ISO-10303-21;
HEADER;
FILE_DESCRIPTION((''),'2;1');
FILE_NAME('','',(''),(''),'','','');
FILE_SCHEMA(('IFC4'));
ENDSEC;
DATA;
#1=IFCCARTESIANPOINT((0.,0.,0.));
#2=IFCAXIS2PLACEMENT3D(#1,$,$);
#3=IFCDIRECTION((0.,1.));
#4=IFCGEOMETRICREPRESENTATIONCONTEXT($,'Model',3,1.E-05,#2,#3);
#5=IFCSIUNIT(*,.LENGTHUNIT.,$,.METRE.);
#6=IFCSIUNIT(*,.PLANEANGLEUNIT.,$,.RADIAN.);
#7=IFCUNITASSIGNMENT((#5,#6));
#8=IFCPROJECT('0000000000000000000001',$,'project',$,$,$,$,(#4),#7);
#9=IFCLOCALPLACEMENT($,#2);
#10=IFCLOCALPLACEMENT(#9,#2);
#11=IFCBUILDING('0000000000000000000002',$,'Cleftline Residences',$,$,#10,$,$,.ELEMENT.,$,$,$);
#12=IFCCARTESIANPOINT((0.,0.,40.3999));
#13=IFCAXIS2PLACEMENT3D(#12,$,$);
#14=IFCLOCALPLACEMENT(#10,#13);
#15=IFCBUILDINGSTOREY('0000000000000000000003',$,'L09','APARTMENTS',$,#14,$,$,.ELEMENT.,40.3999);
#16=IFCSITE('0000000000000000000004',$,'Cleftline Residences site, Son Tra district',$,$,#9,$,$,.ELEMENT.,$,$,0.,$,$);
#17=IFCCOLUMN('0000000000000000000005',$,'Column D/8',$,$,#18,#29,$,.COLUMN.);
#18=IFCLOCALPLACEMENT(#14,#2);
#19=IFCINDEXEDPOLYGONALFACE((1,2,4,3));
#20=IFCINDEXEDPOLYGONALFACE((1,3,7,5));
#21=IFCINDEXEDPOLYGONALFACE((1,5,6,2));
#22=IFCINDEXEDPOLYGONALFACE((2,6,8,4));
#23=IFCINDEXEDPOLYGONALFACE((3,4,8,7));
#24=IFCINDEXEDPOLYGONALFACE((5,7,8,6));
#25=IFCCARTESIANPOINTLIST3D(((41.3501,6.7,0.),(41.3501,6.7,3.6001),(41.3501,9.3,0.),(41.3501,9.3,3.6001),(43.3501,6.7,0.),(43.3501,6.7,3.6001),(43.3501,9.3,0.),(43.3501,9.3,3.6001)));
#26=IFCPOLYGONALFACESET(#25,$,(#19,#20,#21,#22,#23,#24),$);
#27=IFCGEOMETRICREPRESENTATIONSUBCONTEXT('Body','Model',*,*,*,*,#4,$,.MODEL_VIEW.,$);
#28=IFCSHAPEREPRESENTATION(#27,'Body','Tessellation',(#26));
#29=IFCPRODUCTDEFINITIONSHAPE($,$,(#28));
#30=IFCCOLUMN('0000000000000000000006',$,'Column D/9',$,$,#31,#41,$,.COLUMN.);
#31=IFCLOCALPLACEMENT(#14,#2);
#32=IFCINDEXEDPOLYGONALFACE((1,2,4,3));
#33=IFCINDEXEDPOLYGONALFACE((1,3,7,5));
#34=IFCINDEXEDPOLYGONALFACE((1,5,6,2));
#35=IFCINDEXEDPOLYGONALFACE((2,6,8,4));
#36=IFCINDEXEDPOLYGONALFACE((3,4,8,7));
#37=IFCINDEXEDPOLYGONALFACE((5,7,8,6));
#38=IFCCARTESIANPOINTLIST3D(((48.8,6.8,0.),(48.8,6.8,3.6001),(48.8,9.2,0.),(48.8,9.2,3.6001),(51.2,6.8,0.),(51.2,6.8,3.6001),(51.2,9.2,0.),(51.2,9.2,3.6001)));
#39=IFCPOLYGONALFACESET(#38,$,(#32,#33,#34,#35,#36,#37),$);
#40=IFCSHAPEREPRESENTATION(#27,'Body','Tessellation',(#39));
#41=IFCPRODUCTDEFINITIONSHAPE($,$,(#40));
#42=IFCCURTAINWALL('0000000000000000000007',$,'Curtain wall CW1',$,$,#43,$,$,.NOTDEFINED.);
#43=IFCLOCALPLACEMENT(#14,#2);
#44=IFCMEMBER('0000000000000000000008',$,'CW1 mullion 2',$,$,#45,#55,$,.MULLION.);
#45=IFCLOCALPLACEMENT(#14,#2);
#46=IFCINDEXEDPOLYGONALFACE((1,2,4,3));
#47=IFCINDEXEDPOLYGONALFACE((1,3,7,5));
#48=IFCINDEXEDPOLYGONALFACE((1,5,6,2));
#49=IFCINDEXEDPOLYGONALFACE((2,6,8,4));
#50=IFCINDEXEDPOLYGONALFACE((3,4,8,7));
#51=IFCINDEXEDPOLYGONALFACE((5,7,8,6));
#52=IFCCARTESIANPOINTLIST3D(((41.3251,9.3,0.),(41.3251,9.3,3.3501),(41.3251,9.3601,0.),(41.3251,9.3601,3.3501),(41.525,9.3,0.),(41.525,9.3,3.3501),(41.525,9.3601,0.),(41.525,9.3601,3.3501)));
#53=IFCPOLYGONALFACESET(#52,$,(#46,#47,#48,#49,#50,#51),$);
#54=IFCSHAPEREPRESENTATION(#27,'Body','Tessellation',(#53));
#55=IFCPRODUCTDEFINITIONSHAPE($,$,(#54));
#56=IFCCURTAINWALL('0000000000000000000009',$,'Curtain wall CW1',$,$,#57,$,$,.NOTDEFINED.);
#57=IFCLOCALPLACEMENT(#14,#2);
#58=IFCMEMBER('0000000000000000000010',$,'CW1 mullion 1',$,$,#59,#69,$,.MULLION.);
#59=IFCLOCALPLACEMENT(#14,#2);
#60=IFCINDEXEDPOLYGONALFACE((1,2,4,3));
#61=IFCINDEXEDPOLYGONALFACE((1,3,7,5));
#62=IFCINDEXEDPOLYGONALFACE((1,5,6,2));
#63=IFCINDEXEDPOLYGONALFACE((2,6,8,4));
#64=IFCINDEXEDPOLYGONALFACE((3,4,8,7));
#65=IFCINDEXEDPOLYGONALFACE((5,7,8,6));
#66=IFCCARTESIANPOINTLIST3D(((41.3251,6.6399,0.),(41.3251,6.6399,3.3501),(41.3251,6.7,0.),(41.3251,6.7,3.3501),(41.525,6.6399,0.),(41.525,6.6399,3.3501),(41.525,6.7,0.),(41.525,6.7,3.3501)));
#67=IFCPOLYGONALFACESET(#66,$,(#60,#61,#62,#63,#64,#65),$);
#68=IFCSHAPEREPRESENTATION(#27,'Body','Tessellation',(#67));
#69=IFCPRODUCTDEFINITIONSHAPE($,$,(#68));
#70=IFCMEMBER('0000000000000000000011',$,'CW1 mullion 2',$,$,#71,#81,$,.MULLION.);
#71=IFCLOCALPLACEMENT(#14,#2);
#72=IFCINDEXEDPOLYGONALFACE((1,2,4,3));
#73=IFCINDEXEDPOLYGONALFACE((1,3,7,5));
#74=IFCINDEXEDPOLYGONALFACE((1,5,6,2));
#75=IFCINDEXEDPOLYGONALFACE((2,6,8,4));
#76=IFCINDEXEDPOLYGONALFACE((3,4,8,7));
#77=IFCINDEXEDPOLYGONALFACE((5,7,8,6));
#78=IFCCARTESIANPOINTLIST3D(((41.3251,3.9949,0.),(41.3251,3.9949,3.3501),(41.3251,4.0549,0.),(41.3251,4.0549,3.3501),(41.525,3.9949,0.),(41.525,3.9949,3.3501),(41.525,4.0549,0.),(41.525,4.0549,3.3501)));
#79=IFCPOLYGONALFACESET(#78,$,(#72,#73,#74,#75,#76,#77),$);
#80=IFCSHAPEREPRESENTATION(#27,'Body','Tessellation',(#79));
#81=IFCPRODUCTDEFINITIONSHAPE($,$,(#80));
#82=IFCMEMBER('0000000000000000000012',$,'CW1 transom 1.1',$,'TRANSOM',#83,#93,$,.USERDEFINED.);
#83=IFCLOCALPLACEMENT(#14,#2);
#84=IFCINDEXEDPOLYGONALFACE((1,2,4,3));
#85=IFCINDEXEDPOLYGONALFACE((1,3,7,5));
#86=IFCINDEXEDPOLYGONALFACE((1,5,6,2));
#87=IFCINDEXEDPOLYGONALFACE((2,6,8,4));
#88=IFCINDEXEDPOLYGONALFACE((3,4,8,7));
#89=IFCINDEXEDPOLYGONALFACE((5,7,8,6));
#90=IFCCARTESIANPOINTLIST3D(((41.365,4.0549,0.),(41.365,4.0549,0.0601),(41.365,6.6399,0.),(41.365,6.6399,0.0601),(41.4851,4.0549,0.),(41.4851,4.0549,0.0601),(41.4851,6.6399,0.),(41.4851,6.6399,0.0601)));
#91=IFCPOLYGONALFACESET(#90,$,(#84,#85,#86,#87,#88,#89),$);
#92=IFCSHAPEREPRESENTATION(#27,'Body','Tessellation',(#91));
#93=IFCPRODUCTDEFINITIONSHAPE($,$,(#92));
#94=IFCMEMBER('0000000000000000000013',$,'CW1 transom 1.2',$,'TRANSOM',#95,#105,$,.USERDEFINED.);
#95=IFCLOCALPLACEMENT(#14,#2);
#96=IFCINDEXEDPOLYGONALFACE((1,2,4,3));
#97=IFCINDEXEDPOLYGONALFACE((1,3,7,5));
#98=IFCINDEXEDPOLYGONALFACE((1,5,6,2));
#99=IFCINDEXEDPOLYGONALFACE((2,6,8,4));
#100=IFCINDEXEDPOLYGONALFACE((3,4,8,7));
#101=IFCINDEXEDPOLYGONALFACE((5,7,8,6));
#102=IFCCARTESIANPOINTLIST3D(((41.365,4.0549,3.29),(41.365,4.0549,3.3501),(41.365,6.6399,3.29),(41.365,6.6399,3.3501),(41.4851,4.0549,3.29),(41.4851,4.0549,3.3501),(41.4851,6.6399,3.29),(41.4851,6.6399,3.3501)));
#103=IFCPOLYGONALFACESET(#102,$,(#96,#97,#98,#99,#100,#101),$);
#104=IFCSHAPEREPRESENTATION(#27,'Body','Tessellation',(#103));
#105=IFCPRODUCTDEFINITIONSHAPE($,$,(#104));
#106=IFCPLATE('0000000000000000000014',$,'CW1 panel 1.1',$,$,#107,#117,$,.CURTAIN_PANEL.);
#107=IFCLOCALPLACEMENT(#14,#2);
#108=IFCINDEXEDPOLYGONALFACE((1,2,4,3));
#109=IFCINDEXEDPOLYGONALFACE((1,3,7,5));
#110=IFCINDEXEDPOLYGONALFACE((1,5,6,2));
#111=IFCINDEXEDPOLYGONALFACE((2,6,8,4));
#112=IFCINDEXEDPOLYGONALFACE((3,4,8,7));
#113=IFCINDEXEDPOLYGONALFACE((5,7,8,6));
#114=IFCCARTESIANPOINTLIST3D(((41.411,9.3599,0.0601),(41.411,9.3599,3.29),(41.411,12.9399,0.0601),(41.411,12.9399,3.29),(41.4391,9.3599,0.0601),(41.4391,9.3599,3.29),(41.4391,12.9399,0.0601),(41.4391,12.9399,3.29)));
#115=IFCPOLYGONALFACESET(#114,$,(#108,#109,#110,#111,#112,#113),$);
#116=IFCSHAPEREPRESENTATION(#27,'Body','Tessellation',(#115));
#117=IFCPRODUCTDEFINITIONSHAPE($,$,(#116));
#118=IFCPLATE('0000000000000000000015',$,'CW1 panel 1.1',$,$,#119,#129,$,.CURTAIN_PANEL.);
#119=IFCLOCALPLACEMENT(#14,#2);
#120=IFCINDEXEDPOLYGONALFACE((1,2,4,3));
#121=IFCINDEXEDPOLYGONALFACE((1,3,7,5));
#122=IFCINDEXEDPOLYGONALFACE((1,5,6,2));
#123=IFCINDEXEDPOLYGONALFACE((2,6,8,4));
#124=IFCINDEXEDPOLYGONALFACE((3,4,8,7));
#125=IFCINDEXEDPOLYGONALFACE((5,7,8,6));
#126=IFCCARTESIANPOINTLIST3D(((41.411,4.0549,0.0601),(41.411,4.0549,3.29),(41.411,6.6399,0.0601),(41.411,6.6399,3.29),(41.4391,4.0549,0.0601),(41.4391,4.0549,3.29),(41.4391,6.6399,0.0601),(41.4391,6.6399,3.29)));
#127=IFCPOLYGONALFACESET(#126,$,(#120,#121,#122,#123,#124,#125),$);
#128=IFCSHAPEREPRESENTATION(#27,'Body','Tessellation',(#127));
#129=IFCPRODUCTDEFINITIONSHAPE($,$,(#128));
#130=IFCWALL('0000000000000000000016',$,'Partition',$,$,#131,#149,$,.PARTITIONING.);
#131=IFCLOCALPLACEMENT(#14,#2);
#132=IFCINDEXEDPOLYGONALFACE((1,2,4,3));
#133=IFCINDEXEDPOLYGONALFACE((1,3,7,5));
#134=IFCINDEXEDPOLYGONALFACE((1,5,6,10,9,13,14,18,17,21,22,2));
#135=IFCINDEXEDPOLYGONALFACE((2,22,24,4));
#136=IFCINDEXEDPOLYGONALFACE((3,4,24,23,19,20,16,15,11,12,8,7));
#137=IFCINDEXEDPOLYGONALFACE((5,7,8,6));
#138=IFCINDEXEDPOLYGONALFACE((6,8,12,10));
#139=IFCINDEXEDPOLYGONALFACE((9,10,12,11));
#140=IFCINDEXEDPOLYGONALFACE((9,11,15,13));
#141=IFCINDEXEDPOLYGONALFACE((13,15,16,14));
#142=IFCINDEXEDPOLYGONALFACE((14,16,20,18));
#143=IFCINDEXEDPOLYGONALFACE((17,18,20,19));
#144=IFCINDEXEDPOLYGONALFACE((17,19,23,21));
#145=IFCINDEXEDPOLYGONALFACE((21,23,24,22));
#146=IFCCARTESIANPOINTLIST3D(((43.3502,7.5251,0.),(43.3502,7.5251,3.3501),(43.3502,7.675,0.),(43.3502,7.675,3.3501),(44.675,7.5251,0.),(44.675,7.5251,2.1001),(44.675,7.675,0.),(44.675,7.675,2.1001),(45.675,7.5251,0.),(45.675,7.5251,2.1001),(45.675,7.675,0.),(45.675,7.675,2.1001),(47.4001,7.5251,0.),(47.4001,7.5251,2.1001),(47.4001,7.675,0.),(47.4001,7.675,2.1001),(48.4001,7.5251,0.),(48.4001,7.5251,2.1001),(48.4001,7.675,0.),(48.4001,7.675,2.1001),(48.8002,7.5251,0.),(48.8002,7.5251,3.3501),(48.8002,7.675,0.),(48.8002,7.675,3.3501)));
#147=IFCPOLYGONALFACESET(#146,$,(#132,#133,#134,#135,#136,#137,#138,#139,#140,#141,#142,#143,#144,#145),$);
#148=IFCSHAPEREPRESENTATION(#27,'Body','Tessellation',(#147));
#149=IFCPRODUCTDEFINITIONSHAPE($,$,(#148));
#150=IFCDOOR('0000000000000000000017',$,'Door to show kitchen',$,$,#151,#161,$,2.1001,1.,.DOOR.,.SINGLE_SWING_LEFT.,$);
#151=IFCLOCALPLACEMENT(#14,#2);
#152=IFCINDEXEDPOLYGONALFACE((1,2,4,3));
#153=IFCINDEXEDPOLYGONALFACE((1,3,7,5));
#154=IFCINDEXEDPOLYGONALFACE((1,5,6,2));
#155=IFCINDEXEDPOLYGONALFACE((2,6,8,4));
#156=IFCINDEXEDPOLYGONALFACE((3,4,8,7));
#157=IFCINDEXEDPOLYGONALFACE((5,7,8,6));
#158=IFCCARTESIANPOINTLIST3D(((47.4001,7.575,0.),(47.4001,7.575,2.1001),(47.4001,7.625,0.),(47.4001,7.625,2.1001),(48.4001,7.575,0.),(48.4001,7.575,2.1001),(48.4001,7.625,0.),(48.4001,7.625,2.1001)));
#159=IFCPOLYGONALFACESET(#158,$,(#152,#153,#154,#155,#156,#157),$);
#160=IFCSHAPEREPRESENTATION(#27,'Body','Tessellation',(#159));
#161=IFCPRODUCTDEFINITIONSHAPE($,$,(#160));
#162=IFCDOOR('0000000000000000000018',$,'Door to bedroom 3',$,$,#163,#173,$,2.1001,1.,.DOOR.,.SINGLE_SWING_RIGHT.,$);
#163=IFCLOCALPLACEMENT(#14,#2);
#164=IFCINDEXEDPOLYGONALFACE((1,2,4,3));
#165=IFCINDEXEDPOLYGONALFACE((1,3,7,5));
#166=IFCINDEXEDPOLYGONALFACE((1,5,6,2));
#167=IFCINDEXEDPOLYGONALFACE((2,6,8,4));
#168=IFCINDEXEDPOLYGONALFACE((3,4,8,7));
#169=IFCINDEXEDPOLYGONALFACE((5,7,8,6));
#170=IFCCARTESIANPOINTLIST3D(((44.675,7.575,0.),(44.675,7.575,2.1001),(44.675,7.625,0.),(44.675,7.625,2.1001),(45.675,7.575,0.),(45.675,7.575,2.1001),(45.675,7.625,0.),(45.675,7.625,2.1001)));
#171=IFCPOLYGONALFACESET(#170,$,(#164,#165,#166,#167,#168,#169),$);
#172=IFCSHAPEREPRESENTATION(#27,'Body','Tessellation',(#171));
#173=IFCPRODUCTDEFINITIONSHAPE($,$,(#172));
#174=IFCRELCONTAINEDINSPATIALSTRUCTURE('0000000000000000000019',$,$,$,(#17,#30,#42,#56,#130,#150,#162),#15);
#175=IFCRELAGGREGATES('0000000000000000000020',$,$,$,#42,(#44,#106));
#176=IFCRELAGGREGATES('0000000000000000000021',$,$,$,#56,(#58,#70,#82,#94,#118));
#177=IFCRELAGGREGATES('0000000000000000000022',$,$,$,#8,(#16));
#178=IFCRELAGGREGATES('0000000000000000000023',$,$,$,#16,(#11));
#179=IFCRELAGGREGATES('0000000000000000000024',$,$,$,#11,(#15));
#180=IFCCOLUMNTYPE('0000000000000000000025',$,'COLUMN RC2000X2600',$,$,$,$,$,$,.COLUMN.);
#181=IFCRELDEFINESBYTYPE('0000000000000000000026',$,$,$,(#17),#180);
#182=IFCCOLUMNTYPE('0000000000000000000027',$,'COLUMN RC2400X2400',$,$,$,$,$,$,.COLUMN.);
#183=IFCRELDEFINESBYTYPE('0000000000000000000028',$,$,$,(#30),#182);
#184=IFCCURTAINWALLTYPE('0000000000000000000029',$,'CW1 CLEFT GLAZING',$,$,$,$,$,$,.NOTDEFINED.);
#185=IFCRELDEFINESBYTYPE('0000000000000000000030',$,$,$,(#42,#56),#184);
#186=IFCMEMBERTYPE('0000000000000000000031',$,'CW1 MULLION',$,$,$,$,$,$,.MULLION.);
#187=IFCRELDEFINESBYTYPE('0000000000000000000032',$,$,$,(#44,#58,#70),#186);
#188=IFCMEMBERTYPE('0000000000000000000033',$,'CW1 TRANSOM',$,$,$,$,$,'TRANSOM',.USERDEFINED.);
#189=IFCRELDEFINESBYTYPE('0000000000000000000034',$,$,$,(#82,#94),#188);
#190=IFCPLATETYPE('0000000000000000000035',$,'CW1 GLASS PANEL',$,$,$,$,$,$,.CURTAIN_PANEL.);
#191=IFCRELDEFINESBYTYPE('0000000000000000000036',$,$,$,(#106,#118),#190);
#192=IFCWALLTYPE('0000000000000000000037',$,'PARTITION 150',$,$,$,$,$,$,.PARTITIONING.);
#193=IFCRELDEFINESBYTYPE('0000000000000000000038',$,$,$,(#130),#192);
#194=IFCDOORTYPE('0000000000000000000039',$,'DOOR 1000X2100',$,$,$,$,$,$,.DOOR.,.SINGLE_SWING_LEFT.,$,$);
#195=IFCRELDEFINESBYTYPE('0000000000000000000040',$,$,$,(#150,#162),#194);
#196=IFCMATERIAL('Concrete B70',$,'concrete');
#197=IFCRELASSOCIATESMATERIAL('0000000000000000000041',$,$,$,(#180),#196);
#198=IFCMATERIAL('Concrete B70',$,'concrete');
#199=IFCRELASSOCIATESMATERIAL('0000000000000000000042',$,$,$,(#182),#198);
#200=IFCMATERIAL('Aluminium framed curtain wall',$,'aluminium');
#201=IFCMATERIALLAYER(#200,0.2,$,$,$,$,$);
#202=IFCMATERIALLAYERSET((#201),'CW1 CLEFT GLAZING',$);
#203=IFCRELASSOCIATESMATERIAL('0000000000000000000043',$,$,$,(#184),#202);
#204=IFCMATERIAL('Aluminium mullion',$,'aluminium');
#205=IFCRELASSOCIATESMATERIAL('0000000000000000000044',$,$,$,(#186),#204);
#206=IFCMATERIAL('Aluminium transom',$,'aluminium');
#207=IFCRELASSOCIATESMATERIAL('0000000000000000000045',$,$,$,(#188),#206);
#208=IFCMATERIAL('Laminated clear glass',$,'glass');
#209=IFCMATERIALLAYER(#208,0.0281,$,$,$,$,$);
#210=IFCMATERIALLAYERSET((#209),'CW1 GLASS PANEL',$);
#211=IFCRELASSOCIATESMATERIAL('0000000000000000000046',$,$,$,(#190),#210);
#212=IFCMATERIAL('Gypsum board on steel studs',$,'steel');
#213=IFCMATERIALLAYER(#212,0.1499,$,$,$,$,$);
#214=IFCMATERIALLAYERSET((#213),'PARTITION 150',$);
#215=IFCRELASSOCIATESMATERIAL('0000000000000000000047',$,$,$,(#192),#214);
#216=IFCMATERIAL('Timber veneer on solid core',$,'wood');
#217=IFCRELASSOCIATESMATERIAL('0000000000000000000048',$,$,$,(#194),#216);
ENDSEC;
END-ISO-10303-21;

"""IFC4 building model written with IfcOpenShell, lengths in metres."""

from ifc_helpers import new_model, si_unit, direction, frame, frame_2d, origin, origin_2d, place, context, subcontext, project, spatial, rectangle, extrude, material, layer, layer_set, material_profile, profile_set, type_object, element, fill, aggregate, save


model = new_model("IFC4")

# Units and contexts
model_context = context("Model", 3, precision=1e-05, world=origin(), true_north=direction((0.0, 1.0)))
body_context = subcontext(model_context, "Body", "Model", "MODEL_VIEW")
ifc_project = project(units=[si_unit("LENGTHUNIT", "METRE"), si_unit("PLANEANGLEUNIT", "RADIAN")], contexts=[model_context])

# Site, building, storey
site_placement = place(None, origin())
site = spatial("IfcSite", under=ifc_project, at=site_placement, Name="Cleftline Residences site, Son Tra district", CompositionType="ELEMENT", RefElevation=0.0)
building_placement = place(site_placement, origin())
building = spatial("IfcBuilding", under=site, at=building_placement, Name="Cleftline Residences", CompositionType="ELEMENT")
storey_placement = place(building_placement, frame((0.0, 0.0, 40.3999)))
storey = spatial("IfcBuildingStorey", under=building, at=storey_placement, Name="L09", Description="APARTMENTS", CompositionType="ELEMENT", Elevation=40.3999)

# Columns
ifc_material_1 = material(Name="Concrete B70", Category="concrete")
ifc_material_profile_1 = material_profile(ifc_material_1, rectangle(XDim=2.0, YDim=2.6001, at=origin_2d()))
ifc_profile_set_1 = profile_set([ifc_material_profile_1], Name="Concrete B70")
column_type_1 = type_object("IfcColumnType", Name="COLUMN RC2000X2600", PredefinedType="COLUMN", material=ifc_profile_set_1)
column_1_placement = place(storey_placement, frame((42.3501, 8.0, 0.0), z_axis=(0.0, 0.0, 1.0), x_axis=(1.0, 0.0, 0.0)))
element("IfcColumn", 1, at=column_1_placement, inside=storey, type_object=column_type_1, Name="Column D/8", PredefinedType="COLUMN", context=body_context, shape_type="SweptSolid", body=[
    extrude(rectangle(XDim=2.0, YDim=2.6001, at=origin_2d()), origin(), (0.0, 0.0, 1.0), 3.6001),
])
ifc_material_2 = material(Name="Concrete B70", Category="concrete")
ifc_material_profile_2 = material_profile(ifc_material_2, rectangle(XDim=2.3999, YDim=2.3999, at=origin_2d()))
ifc_profile_set_2 = profile_set([ifc_material_profile_2], Name="Concrete B70")
column_type_2 = type_object("IfcColumnType", Name="COLUMN RC2400X2400", PredefinedType="COLUMN", material=ifc_profile_set_2)
column_2_placement = place(storey_placement, frame((50.0, 8.0, 0.0), z_axis=(0.0, 0.0, 1.0), x_axis=(1.0, 0.0, 0.0)))
element("IfcColumn", 2, at=column_2_placement, inside=storey, type_object=column_type_2, Name="Column D/9", PredefinedType="COLUMN", context=body_context, shape_type="SweptSolid", body=[
    extrude(rectangle(XDim=2.3999, YDim=2.3999, at=origin_2d()), origin(), (0.0, 0.0, 1.0), 3.6001),
])

# Curtain wall, member
ifc_material_3 = material(Name="Aluminium framed curtain wall", Category="aluminium")
ifc_layer_1 = layer(ifc_material_3, 0.2)
ifc_layer_set_1 = layer_set([ifc_layer_1], Name="CW1 CLEFT GLAZING")
curtain_wall_type = type_object("IfcCurtainWallType", Name="CW1 CLEFT GLAZING", PredefinedType="NOTDEFINED", material=ifc_layer_set_1)
curtain_wall_1_placement = place(storey_placement, origin())
curtain_wall_1 = element("IfcCurtainWall", 3, at=curtain_wall_1_placement, inside=storey, type_object=curtain_wall_type, Name="Curtain wall CW1", PredefinedType="NOTDEFINED")
ifc_material_4 = material(Name="Aluminium mullion", Category="aluminium")
ifc_material_profile_3 = material_profile(ifc_material_4, rectangle(XDim=0.2, YDim=0.0601, at=origin_2d()))
ifc_profile_set_3 = profile_set([ifc_material_profile_3], Name="Aluminium mullion")
member_type_1 = type_object("IfcMemberType", Name="CW1 MULLION", PredefinedType="MULLION", material=ifc_profile_set_3)
member_1_placement = place(storey_placement, frame((41.425, 9.3301, 0.0), z_axis=(0.0, 0.0, 1.0), x_axis=(1.0, 0.0, 0.0)))
member_1 = element("IfcMember", 4, at=member_1_placement, type_object=member_type_1, Name="CW1 mullion 2", PredefinedType="MULLION", context=body_context, shape_type="SweptSolid", body=[
    extrude(rectangle(XDim=0.2, YDim=0.0601, at=origin_2d()), origin(), (0.0, 0.0, 1.0), 3.3501),
])

# Curtain wall, members
curtain_wall_2_placement = place(storey_placement, origin())
curtain_wall_2 = element("IfcCurtainWall", 5, at=curtain_wall_2_placement, inside=storey, type_object=curtain_wall_type, Name="Curtain wall CW1", PredefinedType="NOTDEFINED")
member_2_placement = place(storey_placement, frame((41.425, 6.6699, 0.0), z_axis=(0.0, 0.0, 1.0), x_axis=(1.0, 0.0, 0.0)))
member_2 = element("IfcMember", 6, at=member_2_placement, type_object=member_type_1, Name="CW1 mullion 1", PredefinedType="MULLION", context=body_context, shape_type="SweptSolid", body=[
    extrude(rectangle(XDim=0.2, YDim=0.0601, at=origin_2d()), origin(), (0.0, 0.0, 1.0), 3.3501),
])
member_3_placement = place(storey_placement, frame((41.425, 4.0249, 0.0), z_axis=(0.0, 0.0, 1.0), x_axis=(1.0, 0.0, 0.0)))
member_3 = element("IfcMember", 7, at=member_3_placement, type_object=member_type_1, Name="CW1 mullion 2", PredefinedType="MULLION", context=body_context, shape_type="SweptSolid", body=[
    extrude(rectangle(XDim=0.2, YDim=0.0601, at=origin_2d()), origin(), (0.0, 0.0, 1.0), 3.3501),
])
ifc_material_5 = material(Name="Aluminium transom", Category="aluminium")
ifc_material_profile_4 = material_profile(ifc_material_5, rectangle(XDim=0.1201, YDim=0.0601, at=origin_2d()))
ifc_profile_set_4 = profile_set([ifc_material_profile_4], Name="Aluminium transom")
member_type_2 = type_object("IfcMemberType", Name="CW1 TRANSOM", ElementType="TRANSOM", PredefinedType="USERDEFINED", material=ifc_profile_set_4)
member_4_placement = place(storey_placement, frame((41.425, 6.6399, 0.03), z_axis=(0.0, -1.0, 0.0), x_axis=(1.0, 0.0, 0.0)))
member_4 = element("IfcMember", 8, at=member_4_placement, type_object=member_type_2, Name="CW1 transom 1.1", ObjectType="TRANSOM", PredefinedType="USERDEFINED", context=body_context, shape_type="SweptSolid", body=[
    extrude(rectangle(XDim=0.1201, YDim=0.0601, at=origin_2d()), origin(), (0.0, 0.0, 1.0), 2.585),
])
member_5_placement = place(storey_placement, frame((41.425, 6.6399, 3.3201), z_axis=(0.0, -1.0, 0.0), x_axis=(1.0, 0.0, 0.0)))
member_5 = element("IfcMember", 9, at=member_5_placement, type_object=member_type_2, Name="CW1 transom 1.2", ObjectType="TRANSOM", PredefinedType="USERDEFINED", context=body_context, shape_type="SweptSolid", body=[
    extrude(rectangle(XDim=0.1201, YDim=0.0601, at=origin_2d()), origin(), (0.0, 0.0, 1.0), 2.585),
])

# Plates
ifc_material_6 = material(Name="Laminated clear glass", Category="glass")
ifc_layer_2 = layer(ifc_material_6, 0.0281)
ifc_layer_set_2 = layer_set([ifc_layer_2], Name="CW1 GLASS PANEL")
plate_type = type_object("IfcPlateType", Name="CW1 GLASS PANEL", PredefinedType="CURTAIN_PANEL", material=ifc_layer_set_2)
plate_1_placement = place(storey_placement, frame((41.425, 11.1499, 0.0601), z_axis=(0.0, 0.0, 1.0), x_axis=(0.0, -1.0, 0.0)))
plate_1 = element("IfcPlate", 10, at=plate_1_placement, type_object=plate_type, Name="CW1 panel 1.1", PredefinedType="CURTAIN_PANEL", context=body_context, shape_type="SweptSolid", body=[
    extrude(rectangle(XDim=3.5801, YDim=0.0281, at=origin_2d()), origin(), (0.0, 0.0, 1.0), 3.23),
])
aggregate(curtain_wall_1, [member_1, plate_1])
plate_2_placement = place(storey_placement, frame((41.425, 5.3474, 0.0601), z_axis=(0.0, 0.0, 1.0), x_axis=(0.0, -1.0, 0.0)))
plate_2 = element("IfcPlate", 11, at=plate_2_placement, type_object=plate_type, Name="CW1 panel 1.1", PredefinedType="CURTAIN_PANEL", context=body_context, shape_type="SweptSolid", body=[
    extrude(rectangle(XDim=2.585, YDim=0.0281, at=origin_2d()), origin(), (0.0, 0.0, 1.0), 3.23),
])
aggregate(curtain_wall_2, [member_2, member_3, member_4, member_5, plate_2])

# Wall, openings, doors
ifc_material_7 = material(Name="Gypsum board on steel studs", Category="steel")
ifc_layer_3 = layer(ifc_material_7, 0.1499)
ifc_layer_set_3 = layer_set([ifc_layer_3], Name="PARTITION 150")
wall_type = type_object("IfcWallType", Name="PARTITION 150", PredefinedType="PARTITIONING", material=ifc_layer_set_3)
wall_1_placement = place(storey_placement, frame((43.3501, 7.6001, 0.0), z_axis=(0.0, 0.0, 1.0), x_axis=(1.0, 0.0, 0.0)))
wall_1 = element("IfcWall", 12, at=wall_1_placement, inside=storey, type_object=wall_type, Name="Partition", PredefinedType="PARTITIONING", context=body_context, shape_type="SweptSolid", body=[
    extrude(rectangle(XDim=5.45, YDim=0.1499, at=frame_2d((2.7251, 0.0))), origin(), (0.0, 0.0, 1.0), 3.3501),
])
opening_1_placement = place(wall_1_placement, frame((4.05, 0.0, 0.0)))
opening_1 = element("IfcOpeningElement", 13, at=opening_1_placement, cuts=wall_1, PredefinedType="OPENING", context=body_context, shape_type="SweptSolid", body=[
    extrude(rectangle(XDim=1.0, YDim=2.1001, at=frame_2d((0.5, 1.05))), frame((0.0, 0.085, 0.0), z_axis=(0.0, -1.0, 0.0), x_axis=(1.0, 0.0, 0.0)), (0.0, 0.0, 1.0), 0.1699),
])
opening_2_placement = place(wall_1_placement, frame((1.325, 0.0, 0.0)))
opening_2 = element("IfcOpeningElement", 14, at=opening_2_placement, cuts=wall_1, PredefinedType="OPENING", context=body_context, shape_type="SweptSolid", body=[
    extrude(rectangle(XDim=1.0, YDim=2.1001, at=frame_2d((0.5, 1.05))), frame((0.0, 0.085, 0.0), z_axis=(0.0, -1.0, 0.0), x_axis=(1.0, 0.0, 0.0)), (0.0, 0.0, 1.0), 0.1699),
])
ifc_material_8 = material(Name="Timber veneer on solid core", Category="wood")
door_type_1 = type_object("IfcDoorType", Name="DOOR 1000X2100", OperationType="SINGLE_SWING_LEFT", PredefinedType="DOOR", material=ifc_material_8)
door_1_placement = place(opening_1_placement, origin())
door_1 = element("IfcDoor", 15, at=door_1_placement, inside=storey, type_object=door_type_1, Name="Door to show kitchen", OperationType="SINGLE_SWING_LEFT", OverallHeight=2.1001, OverallWidth=1.0, PredefinedType="DOOR", context=body_context, shape_type="SweptSolid", body=[
    extrude(rectangle(XDim=1.0, YDim=2.1001, at=frame_2d((0.5, 1.05))), frame((0.0, 0.0249, 0.0), z_axis=(0.0, -1.0, 0.0), x_axis=(1.0, 0.0, 0.0)), (0.0, 0.0, 1.0), 0.05),
])
fill(opening_1, door_1)
door_2_placement = place(opening_2_placement, origin())
door_2 = element("IfcDoor", 16, at=door_2_placement, inside=storey, type_object=door_type_1, Name="Door to bedroom 3", OperationType="SINGLE_SWING_RIGHT", OverallHeight=2.1001, OverallWidth=1.0, PredefinedType="DOOR", context=body_context, shape_type="SweptSolid", body=[
    extrude(rectangle(XDim=1.0, YDim=2.1001, at=frame_2d((0.5, 1.05))), frame((0.0, 0.0249, 0.0), z_axis=(0.0, -1.0, 0.0), x_axis=(1.0, 0.0, 0.0)), (0.0, 0.0, 1.0), 0.05),
])
fill(opening_2, door_2)

save(model, "model.ifc")
